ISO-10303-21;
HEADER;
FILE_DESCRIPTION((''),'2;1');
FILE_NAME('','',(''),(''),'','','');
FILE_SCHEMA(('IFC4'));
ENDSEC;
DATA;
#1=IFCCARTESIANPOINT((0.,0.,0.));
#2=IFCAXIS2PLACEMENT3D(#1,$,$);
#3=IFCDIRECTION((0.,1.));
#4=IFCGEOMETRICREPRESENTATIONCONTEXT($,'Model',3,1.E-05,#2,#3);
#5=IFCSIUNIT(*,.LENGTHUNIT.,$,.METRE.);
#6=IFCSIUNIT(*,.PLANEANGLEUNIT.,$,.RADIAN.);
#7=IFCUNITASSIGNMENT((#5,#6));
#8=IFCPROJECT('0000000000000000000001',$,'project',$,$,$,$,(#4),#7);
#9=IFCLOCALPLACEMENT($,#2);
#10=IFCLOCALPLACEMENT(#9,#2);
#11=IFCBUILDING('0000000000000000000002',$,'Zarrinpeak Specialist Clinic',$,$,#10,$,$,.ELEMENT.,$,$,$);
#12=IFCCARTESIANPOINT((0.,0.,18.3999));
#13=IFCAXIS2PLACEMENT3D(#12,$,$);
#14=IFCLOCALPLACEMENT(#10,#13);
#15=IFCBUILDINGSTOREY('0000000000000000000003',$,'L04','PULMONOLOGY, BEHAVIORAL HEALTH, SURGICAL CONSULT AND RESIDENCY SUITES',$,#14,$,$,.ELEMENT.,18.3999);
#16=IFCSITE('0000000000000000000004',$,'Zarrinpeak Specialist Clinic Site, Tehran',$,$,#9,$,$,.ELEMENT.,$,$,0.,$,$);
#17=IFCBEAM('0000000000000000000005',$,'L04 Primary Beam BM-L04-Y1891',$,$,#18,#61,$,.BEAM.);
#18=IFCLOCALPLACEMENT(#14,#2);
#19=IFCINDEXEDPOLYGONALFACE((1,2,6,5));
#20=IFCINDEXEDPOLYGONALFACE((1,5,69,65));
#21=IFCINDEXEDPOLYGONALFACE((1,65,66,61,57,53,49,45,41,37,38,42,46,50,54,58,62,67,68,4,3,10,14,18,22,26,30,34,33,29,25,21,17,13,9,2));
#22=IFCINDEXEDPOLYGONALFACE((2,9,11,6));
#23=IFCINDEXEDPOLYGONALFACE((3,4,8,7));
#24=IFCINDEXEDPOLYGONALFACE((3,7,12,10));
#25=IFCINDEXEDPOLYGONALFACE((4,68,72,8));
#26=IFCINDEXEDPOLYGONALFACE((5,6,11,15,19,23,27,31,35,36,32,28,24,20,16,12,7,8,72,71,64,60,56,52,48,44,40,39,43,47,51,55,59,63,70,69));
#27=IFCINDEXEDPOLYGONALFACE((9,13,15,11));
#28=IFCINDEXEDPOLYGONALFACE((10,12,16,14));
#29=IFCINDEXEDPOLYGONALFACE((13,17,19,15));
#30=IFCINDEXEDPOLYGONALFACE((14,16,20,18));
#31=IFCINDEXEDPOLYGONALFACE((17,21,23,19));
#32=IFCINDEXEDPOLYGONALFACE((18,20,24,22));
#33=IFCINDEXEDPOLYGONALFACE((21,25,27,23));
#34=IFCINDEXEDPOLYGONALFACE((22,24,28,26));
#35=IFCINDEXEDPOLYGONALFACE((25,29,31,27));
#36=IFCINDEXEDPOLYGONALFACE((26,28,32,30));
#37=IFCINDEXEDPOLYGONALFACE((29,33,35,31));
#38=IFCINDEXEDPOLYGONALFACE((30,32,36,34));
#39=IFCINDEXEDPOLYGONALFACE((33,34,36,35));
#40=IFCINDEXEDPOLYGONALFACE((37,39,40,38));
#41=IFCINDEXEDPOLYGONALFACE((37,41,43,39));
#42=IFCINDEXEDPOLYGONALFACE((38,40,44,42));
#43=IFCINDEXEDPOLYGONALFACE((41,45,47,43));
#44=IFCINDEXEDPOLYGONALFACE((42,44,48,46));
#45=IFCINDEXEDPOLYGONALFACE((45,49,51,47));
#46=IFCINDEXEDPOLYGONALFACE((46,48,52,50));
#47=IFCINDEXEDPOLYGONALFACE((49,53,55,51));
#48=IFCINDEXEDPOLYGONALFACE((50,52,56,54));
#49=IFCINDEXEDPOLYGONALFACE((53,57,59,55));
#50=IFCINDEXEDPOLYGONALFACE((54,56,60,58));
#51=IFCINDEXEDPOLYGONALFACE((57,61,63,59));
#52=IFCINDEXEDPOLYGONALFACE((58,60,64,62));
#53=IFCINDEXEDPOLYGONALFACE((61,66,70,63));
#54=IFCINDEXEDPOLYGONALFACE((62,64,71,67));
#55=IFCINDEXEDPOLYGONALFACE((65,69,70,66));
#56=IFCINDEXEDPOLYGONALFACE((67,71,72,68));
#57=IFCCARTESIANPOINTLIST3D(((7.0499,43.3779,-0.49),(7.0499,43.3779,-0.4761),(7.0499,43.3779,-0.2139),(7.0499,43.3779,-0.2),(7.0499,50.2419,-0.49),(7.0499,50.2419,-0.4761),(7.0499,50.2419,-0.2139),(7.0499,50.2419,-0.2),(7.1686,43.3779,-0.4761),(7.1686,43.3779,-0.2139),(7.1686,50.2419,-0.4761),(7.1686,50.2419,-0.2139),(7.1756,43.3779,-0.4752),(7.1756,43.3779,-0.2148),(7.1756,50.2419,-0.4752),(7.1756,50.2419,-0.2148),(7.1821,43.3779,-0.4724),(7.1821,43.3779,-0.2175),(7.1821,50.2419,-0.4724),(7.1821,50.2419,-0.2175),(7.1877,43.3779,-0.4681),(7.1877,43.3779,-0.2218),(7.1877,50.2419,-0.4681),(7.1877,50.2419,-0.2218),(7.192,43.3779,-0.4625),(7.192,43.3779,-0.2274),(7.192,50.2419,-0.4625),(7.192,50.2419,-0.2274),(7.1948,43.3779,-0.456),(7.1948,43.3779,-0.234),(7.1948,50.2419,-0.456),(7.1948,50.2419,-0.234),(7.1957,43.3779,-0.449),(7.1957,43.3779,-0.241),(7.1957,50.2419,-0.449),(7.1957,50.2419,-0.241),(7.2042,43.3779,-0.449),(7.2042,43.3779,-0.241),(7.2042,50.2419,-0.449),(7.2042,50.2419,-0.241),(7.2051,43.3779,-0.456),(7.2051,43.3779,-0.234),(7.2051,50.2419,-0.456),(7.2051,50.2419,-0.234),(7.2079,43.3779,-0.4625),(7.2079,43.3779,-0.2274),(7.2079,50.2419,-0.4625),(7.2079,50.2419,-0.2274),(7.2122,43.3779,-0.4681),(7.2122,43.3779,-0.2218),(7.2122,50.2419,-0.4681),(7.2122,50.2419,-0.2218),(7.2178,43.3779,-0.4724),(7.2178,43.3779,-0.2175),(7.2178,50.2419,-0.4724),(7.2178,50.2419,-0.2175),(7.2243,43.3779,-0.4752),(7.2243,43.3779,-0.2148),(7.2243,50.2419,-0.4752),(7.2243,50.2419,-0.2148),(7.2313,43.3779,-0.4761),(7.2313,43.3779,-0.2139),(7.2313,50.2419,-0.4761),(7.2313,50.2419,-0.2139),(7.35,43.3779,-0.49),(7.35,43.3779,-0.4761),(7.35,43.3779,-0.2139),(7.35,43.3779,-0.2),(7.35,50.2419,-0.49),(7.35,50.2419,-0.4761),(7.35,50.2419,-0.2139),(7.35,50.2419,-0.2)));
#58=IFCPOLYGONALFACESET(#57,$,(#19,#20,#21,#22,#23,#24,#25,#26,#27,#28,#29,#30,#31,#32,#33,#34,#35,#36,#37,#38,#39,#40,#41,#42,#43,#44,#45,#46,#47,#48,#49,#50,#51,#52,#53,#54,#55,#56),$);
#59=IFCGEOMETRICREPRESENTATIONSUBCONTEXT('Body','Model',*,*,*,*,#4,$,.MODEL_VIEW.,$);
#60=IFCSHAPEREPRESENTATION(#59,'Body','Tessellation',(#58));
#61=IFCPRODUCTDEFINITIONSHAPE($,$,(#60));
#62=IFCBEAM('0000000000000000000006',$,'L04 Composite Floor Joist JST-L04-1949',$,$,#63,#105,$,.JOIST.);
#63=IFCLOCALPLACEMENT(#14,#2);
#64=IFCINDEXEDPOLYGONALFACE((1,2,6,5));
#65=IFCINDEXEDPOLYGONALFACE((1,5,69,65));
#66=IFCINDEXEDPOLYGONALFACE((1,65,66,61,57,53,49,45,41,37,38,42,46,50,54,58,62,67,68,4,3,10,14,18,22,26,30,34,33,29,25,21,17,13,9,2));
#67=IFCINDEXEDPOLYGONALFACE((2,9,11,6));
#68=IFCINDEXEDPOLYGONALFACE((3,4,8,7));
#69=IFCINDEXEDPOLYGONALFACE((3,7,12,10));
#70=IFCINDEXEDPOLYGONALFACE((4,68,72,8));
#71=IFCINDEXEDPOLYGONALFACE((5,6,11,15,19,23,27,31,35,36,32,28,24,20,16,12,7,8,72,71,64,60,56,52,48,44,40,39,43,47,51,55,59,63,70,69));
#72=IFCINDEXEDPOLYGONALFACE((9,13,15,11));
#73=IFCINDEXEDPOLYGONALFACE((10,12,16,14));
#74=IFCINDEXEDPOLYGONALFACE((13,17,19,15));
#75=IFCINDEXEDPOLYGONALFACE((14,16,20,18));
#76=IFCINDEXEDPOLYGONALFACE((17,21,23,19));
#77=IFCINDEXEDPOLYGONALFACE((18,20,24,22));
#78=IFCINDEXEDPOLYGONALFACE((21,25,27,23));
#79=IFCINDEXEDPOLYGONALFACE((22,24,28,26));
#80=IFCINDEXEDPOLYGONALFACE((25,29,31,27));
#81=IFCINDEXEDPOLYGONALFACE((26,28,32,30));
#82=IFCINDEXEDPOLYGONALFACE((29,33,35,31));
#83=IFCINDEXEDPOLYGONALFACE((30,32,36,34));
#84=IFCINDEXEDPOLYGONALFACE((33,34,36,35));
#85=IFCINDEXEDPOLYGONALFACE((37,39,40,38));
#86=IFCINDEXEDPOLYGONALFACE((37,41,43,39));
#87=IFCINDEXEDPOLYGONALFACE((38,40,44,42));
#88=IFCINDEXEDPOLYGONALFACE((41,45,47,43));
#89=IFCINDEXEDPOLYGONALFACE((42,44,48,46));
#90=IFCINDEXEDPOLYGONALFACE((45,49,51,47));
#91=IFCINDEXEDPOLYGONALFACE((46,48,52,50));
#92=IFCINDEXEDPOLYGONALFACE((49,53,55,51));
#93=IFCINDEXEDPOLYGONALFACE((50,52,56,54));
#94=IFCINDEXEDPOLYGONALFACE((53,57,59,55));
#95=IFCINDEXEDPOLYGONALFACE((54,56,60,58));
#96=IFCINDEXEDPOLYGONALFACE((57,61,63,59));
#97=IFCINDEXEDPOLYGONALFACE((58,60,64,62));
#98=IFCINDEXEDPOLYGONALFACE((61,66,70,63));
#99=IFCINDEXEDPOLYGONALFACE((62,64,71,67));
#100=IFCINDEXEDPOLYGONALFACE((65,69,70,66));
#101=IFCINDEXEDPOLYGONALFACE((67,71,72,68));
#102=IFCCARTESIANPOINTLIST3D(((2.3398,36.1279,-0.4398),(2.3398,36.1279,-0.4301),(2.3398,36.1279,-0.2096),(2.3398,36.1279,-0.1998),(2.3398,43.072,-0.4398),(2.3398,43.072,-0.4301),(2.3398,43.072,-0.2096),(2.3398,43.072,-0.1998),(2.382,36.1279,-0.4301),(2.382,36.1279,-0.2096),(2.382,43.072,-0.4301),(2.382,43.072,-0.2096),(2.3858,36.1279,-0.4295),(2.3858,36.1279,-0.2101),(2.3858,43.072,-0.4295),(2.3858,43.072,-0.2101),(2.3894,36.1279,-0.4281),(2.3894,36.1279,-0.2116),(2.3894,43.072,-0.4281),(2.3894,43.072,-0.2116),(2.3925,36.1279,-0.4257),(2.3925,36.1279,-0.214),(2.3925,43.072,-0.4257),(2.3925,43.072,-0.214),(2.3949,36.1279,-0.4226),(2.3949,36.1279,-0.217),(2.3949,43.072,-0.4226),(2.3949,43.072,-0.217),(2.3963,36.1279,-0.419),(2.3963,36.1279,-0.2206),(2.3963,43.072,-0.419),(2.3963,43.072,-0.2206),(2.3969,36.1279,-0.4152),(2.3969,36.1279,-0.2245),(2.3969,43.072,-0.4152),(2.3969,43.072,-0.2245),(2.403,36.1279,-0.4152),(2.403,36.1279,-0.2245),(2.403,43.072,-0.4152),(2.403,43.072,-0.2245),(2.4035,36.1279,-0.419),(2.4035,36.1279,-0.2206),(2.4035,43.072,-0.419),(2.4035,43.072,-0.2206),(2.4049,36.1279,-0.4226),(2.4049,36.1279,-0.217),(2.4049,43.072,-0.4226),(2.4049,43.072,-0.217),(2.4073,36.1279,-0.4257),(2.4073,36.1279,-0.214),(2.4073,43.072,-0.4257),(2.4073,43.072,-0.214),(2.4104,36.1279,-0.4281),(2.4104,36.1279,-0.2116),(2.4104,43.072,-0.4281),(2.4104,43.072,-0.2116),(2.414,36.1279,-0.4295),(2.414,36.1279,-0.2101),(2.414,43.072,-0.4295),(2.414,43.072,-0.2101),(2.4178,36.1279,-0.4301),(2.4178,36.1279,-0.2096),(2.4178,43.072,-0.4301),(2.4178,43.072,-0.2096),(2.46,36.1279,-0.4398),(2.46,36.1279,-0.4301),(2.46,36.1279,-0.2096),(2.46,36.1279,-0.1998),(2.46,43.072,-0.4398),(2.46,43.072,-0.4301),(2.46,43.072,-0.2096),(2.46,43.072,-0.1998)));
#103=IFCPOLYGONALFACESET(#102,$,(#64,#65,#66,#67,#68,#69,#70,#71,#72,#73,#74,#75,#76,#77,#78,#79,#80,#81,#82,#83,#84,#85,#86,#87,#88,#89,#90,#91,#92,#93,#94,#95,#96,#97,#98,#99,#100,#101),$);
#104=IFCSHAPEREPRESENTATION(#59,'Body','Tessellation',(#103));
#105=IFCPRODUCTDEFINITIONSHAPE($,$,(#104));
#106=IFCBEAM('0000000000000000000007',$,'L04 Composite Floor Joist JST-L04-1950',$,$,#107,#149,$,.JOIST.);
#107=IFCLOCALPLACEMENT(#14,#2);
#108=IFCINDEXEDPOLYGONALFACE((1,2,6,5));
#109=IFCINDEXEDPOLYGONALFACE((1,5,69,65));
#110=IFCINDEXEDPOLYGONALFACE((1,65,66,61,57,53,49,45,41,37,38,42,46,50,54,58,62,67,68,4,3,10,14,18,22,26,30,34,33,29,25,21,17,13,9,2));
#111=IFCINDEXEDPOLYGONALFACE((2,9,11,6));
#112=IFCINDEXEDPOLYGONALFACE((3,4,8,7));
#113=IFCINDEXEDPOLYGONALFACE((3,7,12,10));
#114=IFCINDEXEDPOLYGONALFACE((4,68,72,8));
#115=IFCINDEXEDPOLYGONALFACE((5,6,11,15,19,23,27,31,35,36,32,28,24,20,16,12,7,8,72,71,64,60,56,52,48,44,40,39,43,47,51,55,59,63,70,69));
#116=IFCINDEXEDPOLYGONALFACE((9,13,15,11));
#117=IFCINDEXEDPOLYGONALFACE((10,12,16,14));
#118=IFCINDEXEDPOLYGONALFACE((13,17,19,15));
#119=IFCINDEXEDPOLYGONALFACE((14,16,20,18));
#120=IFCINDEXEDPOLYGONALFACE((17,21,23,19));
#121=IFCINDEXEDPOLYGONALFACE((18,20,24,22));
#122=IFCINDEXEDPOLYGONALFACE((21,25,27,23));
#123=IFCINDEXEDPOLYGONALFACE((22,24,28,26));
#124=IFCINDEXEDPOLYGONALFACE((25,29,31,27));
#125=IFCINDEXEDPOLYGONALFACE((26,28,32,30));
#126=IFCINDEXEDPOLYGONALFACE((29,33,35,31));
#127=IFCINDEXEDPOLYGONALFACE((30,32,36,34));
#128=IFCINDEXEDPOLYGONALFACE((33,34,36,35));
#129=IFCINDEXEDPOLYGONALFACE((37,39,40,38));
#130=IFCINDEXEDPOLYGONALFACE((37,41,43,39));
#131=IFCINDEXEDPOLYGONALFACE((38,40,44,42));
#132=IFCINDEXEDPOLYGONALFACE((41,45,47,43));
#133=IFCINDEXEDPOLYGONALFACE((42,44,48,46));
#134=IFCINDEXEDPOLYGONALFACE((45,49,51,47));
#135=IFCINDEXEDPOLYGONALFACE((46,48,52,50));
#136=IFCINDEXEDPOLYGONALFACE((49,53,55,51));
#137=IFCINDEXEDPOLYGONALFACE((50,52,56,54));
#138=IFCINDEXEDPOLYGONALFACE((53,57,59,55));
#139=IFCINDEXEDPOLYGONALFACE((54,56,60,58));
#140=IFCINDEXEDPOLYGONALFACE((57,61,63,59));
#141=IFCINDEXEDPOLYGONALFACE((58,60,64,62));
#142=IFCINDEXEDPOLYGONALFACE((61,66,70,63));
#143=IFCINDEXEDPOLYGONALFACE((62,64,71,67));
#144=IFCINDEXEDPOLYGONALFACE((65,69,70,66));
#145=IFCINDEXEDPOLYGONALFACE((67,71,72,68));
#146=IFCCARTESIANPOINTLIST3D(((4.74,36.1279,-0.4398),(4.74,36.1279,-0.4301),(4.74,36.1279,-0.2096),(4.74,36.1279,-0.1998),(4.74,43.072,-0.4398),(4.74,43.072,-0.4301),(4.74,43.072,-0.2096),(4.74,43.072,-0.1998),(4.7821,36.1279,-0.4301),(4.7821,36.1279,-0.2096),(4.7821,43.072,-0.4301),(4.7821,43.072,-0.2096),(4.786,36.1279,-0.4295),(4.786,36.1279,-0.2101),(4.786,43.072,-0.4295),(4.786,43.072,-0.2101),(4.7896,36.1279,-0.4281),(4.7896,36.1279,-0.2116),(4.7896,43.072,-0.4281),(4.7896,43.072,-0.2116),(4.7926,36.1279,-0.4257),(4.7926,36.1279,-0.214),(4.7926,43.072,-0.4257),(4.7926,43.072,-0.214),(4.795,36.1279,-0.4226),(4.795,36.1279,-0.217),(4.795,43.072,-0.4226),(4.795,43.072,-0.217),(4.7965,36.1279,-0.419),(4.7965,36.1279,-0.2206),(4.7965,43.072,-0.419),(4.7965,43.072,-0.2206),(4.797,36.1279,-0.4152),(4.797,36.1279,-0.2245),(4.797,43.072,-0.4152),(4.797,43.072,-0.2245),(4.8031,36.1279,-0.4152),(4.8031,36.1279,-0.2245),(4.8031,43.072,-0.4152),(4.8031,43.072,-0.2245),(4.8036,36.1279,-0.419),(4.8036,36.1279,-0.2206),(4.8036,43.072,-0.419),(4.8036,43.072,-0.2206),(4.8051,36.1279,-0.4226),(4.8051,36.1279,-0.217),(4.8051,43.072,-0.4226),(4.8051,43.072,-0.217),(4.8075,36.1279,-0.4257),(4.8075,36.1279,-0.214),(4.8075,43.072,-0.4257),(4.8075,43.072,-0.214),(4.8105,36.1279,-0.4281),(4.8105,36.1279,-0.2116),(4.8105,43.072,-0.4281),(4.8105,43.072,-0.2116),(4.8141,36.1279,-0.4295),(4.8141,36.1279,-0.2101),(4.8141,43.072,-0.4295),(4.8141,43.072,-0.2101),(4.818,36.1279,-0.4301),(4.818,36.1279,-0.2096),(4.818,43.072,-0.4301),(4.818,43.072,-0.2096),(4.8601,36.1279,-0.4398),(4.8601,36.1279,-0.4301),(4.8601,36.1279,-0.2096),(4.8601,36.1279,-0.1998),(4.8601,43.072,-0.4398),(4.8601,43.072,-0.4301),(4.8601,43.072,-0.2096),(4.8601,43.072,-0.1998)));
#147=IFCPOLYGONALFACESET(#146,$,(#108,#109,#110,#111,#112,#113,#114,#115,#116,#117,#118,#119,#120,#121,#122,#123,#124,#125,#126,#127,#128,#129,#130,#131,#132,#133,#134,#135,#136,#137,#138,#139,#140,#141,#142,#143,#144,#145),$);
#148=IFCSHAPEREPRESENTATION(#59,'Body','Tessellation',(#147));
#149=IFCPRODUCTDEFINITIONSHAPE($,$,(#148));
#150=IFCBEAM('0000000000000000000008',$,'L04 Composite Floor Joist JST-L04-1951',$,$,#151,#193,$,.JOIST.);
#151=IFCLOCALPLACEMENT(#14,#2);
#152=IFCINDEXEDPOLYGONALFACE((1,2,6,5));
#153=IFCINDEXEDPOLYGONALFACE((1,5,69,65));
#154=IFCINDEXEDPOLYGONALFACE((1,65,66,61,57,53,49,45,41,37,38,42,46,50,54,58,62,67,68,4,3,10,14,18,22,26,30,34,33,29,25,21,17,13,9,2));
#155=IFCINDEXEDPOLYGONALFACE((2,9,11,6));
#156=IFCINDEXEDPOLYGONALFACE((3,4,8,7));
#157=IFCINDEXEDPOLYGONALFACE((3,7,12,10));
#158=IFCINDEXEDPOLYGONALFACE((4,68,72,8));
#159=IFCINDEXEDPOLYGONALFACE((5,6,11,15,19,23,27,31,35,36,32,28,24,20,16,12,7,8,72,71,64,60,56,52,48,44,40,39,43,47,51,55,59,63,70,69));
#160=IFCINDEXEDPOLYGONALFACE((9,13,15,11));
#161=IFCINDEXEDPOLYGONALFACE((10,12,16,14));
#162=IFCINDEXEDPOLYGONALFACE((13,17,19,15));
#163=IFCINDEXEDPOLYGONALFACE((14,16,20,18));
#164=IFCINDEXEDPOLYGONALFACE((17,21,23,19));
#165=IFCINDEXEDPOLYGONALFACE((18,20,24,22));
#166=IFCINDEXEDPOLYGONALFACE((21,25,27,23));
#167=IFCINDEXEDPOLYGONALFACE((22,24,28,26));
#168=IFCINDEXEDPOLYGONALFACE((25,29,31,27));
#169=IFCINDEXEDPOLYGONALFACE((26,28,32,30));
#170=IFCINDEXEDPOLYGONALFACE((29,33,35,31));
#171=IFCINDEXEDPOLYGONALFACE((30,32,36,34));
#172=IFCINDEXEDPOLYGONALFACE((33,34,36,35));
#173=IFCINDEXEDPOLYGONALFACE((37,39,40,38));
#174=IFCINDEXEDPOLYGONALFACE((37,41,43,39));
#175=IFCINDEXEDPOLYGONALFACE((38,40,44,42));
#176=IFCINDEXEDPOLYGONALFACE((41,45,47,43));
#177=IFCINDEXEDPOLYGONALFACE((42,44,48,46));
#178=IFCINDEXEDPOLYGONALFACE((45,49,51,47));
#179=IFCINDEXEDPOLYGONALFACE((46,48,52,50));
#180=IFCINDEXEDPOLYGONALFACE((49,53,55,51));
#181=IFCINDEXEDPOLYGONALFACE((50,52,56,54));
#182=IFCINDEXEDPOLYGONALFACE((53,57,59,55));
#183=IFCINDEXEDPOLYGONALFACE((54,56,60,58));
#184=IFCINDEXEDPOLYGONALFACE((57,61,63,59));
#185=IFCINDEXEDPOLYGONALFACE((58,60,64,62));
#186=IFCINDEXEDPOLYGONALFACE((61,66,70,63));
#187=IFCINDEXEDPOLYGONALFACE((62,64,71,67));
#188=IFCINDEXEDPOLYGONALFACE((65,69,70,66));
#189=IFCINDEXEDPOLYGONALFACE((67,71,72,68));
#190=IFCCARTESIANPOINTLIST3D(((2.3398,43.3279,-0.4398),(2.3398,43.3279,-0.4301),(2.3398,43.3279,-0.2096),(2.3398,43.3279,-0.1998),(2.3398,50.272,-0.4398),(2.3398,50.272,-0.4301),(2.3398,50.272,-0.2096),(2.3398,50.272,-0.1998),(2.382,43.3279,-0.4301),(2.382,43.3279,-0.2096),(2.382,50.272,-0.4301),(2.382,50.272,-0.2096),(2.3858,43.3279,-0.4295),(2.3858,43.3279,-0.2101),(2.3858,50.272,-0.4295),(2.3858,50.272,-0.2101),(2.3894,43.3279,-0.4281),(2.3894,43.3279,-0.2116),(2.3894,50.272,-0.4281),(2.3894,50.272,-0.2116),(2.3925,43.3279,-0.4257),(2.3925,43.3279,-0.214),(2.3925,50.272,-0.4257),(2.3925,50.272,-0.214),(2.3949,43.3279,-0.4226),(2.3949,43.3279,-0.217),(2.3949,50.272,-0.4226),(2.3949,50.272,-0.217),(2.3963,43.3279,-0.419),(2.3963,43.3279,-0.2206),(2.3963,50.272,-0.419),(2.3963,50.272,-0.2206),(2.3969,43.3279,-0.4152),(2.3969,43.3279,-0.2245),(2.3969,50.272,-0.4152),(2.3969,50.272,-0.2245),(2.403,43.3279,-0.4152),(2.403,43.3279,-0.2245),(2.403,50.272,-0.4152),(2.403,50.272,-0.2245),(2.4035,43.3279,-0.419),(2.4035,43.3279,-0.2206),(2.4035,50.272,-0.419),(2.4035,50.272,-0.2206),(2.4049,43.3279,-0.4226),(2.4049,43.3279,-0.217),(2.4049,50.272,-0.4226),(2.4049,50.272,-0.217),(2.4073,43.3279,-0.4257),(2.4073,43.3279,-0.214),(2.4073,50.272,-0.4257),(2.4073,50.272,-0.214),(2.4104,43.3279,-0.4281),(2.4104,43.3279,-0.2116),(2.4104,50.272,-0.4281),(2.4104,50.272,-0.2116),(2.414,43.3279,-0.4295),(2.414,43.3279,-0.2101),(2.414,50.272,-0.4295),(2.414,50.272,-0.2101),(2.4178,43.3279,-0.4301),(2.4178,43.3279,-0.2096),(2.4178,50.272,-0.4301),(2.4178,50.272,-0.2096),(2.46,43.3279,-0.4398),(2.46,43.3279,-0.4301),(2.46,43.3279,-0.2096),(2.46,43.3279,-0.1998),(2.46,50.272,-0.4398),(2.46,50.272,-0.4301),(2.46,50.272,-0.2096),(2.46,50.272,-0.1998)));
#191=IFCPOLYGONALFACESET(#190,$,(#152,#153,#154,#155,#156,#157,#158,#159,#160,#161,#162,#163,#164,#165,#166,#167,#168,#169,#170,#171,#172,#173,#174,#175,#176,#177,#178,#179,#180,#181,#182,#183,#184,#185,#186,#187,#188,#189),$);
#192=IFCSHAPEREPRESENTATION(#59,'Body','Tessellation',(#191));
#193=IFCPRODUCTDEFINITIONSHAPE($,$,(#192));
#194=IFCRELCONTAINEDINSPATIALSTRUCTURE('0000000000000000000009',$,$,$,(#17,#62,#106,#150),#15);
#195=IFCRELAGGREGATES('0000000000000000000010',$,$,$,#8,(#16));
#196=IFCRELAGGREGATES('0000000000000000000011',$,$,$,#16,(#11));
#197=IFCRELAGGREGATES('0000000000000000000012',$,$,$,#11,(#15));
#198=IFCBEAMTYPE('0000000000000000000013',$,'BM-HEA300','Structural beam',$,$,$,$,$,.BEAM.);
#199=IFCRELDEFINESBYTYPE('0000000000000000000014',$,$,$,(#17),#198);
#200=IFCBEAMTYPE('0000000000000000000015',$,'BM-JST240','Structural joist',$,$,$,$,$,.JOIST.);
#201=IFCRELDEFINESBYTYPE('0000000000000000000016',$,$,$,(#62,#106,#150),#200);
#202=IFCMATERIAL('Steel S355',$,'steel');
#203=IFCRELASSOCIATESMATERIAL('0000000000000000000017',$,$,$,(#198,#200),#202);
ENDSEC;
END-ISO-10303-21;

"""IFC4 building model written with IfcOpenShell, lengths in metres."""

from ifc_helpers import new_model, si_unit, direction, frame, origin, origin_2d, place, context, subcontext, project, spatial, i_section, extrude, material, material_profile, profile_set, type_object, element, save


model = new_model("IFC4")

# Units and contexts
model_context = context("Model", 3, precision=1e-05, world=origin(), true_north=direction((0.0, 1.0)))
body_context = subcontext(model_context, "Body", "Model", "MODEL_VIEW")
ifc_project = project(units=[si_unit("LENGTHUNIT", "METRE"), si_unit("PLANEANGLEUNIT", "RADIAN")], contexts=[model_context])

# Site, building, storey
site_placement = place(None, origin())
site = spatial("IfcSite", under=ifc_project, at=site_placement, Name="Zarrinpeak Specialist Clinic Site, Tehran", CompositionType="ELEMENT", RefElevation=0.0)
building_placement = place(site_placement, origin())
building = spatial("IfcBuilding", under=site, at=building_placement, Name="Zarrinpeak Specialist Clinic", CompositionType="ELEMENT")
storey_placement = place(building_placement, frame((0.0, 0.0, 18.3999)))
storey = spatial("IfcBuildingStorey", under=building, at=storey_placement, Name="L04", Description="PULMONOLOGY, BEHAVIORAL HEALTH, SURGICAL CONSULT AND RESIDENCY SUITES", CompositionType="ELEMENT", Elevation=18.3999)

# Shared definitions
ifc_material_1 = material(Name="Steel S355", Category="steel")

# Beams
ifc_material_profile_1 = material_profile(ifc_material_1, i_section(OverallWidth=0.3, OverallDepth=0.29, WebThickness=0.0085, FlangeThickness=0.0139, FilletRadius=0.0271, at=origin_2d()), Name="HEA 300")
ifc_profile_set_1 = profile_set([ifc_material_profile_1], Name="Steel S355")
beam_type_1 = type_object("IfcBeamType", Name="BM-HEA300", Description="Structural beam", PredefinedType="BEAM", material=ifc_profile_set_1)
beam_1_placement = place(storey_placement, frame((7.2, 43.3779, -0.345), z_axis=(0.0, 1.0, 0.0), x_axis=(-1.0, 0.0, 0.0)))
element("IfcBeam", 1, at=beam_1_placement, inside=storey, type_object=beam_type_1, Name="L04 Primary Beam BM-L04-Y1891", PredefinedType="BEAM", context=body_context, shape_type="SweptSolid", body=[
    extrude(i_section(OverallWidth=0.3, OverallDepth=0.29, WebThickness=0.0085, FlangeThickness=0.0139, FilletRadius=0.0271, at=origin_2d()), origin(), (0.0, 0.0, 1.0), 6.864),
])
ifc_material_profile_2 = material_profile(ifc_material_1, i_section(OverallWidth=0.1201, OverallDepth=0.24, WebThickness=0.0061, FlangeThickness=0.0098, FilletRadius=0.0149, at=origin_2d()), Name="IPE 240")
ifc_profile_set_2 = profile_set([ifc_material_profile_2], Name="Steel S355")
beam_type_2 = type_object("IfcBeamType", Name="BM-JST240", Description="Structural joist", PredefinedType="JOIST", material=ifc_profile_set_2)
for number, where, z_axis, x_axis, name in (
    (2, (2.3999, 36.1279, -0.3198), (0.0, 1.0, 0.0), (-1.0, 0.0, 0.0), "L04 Composite Floor Joist JST-L04-1949"),
    (3, (4.8, 36.1279, -0.3198), (0.0, 1.0, 0.0), (-1.0, 0.0, 0.0), "L04 Composite Floor Joist JST-L04-1950"),
    (4, (2.3999, 43.3279, -0.3198), (0.0, 1.0, 0.0), (-1.0, 0.0, 0.0), "L04 Composite Floor Joist JST-L04-1951"),
):
    element("IfcBeam", number, at=place(storey_placement, frame(where, z_axis=z_axis, x_axis=x_axis)), inside=storey, type_object=beam_type_2, Name=name, PredefinedType="JOIST", context=body_context, shape_type="SweptSolid", body=[
        extrude(i_section(OverallWidth=0.1201, OverallDepth=0.24, WebThickness=0.0061, FlangeThickness=0.0098, FilletRadius=0.0149, at=origin_2d()), origin(), (0.0, 0.0, 1.0), 6.9441),
    ])

save(model, "model.ifc")
